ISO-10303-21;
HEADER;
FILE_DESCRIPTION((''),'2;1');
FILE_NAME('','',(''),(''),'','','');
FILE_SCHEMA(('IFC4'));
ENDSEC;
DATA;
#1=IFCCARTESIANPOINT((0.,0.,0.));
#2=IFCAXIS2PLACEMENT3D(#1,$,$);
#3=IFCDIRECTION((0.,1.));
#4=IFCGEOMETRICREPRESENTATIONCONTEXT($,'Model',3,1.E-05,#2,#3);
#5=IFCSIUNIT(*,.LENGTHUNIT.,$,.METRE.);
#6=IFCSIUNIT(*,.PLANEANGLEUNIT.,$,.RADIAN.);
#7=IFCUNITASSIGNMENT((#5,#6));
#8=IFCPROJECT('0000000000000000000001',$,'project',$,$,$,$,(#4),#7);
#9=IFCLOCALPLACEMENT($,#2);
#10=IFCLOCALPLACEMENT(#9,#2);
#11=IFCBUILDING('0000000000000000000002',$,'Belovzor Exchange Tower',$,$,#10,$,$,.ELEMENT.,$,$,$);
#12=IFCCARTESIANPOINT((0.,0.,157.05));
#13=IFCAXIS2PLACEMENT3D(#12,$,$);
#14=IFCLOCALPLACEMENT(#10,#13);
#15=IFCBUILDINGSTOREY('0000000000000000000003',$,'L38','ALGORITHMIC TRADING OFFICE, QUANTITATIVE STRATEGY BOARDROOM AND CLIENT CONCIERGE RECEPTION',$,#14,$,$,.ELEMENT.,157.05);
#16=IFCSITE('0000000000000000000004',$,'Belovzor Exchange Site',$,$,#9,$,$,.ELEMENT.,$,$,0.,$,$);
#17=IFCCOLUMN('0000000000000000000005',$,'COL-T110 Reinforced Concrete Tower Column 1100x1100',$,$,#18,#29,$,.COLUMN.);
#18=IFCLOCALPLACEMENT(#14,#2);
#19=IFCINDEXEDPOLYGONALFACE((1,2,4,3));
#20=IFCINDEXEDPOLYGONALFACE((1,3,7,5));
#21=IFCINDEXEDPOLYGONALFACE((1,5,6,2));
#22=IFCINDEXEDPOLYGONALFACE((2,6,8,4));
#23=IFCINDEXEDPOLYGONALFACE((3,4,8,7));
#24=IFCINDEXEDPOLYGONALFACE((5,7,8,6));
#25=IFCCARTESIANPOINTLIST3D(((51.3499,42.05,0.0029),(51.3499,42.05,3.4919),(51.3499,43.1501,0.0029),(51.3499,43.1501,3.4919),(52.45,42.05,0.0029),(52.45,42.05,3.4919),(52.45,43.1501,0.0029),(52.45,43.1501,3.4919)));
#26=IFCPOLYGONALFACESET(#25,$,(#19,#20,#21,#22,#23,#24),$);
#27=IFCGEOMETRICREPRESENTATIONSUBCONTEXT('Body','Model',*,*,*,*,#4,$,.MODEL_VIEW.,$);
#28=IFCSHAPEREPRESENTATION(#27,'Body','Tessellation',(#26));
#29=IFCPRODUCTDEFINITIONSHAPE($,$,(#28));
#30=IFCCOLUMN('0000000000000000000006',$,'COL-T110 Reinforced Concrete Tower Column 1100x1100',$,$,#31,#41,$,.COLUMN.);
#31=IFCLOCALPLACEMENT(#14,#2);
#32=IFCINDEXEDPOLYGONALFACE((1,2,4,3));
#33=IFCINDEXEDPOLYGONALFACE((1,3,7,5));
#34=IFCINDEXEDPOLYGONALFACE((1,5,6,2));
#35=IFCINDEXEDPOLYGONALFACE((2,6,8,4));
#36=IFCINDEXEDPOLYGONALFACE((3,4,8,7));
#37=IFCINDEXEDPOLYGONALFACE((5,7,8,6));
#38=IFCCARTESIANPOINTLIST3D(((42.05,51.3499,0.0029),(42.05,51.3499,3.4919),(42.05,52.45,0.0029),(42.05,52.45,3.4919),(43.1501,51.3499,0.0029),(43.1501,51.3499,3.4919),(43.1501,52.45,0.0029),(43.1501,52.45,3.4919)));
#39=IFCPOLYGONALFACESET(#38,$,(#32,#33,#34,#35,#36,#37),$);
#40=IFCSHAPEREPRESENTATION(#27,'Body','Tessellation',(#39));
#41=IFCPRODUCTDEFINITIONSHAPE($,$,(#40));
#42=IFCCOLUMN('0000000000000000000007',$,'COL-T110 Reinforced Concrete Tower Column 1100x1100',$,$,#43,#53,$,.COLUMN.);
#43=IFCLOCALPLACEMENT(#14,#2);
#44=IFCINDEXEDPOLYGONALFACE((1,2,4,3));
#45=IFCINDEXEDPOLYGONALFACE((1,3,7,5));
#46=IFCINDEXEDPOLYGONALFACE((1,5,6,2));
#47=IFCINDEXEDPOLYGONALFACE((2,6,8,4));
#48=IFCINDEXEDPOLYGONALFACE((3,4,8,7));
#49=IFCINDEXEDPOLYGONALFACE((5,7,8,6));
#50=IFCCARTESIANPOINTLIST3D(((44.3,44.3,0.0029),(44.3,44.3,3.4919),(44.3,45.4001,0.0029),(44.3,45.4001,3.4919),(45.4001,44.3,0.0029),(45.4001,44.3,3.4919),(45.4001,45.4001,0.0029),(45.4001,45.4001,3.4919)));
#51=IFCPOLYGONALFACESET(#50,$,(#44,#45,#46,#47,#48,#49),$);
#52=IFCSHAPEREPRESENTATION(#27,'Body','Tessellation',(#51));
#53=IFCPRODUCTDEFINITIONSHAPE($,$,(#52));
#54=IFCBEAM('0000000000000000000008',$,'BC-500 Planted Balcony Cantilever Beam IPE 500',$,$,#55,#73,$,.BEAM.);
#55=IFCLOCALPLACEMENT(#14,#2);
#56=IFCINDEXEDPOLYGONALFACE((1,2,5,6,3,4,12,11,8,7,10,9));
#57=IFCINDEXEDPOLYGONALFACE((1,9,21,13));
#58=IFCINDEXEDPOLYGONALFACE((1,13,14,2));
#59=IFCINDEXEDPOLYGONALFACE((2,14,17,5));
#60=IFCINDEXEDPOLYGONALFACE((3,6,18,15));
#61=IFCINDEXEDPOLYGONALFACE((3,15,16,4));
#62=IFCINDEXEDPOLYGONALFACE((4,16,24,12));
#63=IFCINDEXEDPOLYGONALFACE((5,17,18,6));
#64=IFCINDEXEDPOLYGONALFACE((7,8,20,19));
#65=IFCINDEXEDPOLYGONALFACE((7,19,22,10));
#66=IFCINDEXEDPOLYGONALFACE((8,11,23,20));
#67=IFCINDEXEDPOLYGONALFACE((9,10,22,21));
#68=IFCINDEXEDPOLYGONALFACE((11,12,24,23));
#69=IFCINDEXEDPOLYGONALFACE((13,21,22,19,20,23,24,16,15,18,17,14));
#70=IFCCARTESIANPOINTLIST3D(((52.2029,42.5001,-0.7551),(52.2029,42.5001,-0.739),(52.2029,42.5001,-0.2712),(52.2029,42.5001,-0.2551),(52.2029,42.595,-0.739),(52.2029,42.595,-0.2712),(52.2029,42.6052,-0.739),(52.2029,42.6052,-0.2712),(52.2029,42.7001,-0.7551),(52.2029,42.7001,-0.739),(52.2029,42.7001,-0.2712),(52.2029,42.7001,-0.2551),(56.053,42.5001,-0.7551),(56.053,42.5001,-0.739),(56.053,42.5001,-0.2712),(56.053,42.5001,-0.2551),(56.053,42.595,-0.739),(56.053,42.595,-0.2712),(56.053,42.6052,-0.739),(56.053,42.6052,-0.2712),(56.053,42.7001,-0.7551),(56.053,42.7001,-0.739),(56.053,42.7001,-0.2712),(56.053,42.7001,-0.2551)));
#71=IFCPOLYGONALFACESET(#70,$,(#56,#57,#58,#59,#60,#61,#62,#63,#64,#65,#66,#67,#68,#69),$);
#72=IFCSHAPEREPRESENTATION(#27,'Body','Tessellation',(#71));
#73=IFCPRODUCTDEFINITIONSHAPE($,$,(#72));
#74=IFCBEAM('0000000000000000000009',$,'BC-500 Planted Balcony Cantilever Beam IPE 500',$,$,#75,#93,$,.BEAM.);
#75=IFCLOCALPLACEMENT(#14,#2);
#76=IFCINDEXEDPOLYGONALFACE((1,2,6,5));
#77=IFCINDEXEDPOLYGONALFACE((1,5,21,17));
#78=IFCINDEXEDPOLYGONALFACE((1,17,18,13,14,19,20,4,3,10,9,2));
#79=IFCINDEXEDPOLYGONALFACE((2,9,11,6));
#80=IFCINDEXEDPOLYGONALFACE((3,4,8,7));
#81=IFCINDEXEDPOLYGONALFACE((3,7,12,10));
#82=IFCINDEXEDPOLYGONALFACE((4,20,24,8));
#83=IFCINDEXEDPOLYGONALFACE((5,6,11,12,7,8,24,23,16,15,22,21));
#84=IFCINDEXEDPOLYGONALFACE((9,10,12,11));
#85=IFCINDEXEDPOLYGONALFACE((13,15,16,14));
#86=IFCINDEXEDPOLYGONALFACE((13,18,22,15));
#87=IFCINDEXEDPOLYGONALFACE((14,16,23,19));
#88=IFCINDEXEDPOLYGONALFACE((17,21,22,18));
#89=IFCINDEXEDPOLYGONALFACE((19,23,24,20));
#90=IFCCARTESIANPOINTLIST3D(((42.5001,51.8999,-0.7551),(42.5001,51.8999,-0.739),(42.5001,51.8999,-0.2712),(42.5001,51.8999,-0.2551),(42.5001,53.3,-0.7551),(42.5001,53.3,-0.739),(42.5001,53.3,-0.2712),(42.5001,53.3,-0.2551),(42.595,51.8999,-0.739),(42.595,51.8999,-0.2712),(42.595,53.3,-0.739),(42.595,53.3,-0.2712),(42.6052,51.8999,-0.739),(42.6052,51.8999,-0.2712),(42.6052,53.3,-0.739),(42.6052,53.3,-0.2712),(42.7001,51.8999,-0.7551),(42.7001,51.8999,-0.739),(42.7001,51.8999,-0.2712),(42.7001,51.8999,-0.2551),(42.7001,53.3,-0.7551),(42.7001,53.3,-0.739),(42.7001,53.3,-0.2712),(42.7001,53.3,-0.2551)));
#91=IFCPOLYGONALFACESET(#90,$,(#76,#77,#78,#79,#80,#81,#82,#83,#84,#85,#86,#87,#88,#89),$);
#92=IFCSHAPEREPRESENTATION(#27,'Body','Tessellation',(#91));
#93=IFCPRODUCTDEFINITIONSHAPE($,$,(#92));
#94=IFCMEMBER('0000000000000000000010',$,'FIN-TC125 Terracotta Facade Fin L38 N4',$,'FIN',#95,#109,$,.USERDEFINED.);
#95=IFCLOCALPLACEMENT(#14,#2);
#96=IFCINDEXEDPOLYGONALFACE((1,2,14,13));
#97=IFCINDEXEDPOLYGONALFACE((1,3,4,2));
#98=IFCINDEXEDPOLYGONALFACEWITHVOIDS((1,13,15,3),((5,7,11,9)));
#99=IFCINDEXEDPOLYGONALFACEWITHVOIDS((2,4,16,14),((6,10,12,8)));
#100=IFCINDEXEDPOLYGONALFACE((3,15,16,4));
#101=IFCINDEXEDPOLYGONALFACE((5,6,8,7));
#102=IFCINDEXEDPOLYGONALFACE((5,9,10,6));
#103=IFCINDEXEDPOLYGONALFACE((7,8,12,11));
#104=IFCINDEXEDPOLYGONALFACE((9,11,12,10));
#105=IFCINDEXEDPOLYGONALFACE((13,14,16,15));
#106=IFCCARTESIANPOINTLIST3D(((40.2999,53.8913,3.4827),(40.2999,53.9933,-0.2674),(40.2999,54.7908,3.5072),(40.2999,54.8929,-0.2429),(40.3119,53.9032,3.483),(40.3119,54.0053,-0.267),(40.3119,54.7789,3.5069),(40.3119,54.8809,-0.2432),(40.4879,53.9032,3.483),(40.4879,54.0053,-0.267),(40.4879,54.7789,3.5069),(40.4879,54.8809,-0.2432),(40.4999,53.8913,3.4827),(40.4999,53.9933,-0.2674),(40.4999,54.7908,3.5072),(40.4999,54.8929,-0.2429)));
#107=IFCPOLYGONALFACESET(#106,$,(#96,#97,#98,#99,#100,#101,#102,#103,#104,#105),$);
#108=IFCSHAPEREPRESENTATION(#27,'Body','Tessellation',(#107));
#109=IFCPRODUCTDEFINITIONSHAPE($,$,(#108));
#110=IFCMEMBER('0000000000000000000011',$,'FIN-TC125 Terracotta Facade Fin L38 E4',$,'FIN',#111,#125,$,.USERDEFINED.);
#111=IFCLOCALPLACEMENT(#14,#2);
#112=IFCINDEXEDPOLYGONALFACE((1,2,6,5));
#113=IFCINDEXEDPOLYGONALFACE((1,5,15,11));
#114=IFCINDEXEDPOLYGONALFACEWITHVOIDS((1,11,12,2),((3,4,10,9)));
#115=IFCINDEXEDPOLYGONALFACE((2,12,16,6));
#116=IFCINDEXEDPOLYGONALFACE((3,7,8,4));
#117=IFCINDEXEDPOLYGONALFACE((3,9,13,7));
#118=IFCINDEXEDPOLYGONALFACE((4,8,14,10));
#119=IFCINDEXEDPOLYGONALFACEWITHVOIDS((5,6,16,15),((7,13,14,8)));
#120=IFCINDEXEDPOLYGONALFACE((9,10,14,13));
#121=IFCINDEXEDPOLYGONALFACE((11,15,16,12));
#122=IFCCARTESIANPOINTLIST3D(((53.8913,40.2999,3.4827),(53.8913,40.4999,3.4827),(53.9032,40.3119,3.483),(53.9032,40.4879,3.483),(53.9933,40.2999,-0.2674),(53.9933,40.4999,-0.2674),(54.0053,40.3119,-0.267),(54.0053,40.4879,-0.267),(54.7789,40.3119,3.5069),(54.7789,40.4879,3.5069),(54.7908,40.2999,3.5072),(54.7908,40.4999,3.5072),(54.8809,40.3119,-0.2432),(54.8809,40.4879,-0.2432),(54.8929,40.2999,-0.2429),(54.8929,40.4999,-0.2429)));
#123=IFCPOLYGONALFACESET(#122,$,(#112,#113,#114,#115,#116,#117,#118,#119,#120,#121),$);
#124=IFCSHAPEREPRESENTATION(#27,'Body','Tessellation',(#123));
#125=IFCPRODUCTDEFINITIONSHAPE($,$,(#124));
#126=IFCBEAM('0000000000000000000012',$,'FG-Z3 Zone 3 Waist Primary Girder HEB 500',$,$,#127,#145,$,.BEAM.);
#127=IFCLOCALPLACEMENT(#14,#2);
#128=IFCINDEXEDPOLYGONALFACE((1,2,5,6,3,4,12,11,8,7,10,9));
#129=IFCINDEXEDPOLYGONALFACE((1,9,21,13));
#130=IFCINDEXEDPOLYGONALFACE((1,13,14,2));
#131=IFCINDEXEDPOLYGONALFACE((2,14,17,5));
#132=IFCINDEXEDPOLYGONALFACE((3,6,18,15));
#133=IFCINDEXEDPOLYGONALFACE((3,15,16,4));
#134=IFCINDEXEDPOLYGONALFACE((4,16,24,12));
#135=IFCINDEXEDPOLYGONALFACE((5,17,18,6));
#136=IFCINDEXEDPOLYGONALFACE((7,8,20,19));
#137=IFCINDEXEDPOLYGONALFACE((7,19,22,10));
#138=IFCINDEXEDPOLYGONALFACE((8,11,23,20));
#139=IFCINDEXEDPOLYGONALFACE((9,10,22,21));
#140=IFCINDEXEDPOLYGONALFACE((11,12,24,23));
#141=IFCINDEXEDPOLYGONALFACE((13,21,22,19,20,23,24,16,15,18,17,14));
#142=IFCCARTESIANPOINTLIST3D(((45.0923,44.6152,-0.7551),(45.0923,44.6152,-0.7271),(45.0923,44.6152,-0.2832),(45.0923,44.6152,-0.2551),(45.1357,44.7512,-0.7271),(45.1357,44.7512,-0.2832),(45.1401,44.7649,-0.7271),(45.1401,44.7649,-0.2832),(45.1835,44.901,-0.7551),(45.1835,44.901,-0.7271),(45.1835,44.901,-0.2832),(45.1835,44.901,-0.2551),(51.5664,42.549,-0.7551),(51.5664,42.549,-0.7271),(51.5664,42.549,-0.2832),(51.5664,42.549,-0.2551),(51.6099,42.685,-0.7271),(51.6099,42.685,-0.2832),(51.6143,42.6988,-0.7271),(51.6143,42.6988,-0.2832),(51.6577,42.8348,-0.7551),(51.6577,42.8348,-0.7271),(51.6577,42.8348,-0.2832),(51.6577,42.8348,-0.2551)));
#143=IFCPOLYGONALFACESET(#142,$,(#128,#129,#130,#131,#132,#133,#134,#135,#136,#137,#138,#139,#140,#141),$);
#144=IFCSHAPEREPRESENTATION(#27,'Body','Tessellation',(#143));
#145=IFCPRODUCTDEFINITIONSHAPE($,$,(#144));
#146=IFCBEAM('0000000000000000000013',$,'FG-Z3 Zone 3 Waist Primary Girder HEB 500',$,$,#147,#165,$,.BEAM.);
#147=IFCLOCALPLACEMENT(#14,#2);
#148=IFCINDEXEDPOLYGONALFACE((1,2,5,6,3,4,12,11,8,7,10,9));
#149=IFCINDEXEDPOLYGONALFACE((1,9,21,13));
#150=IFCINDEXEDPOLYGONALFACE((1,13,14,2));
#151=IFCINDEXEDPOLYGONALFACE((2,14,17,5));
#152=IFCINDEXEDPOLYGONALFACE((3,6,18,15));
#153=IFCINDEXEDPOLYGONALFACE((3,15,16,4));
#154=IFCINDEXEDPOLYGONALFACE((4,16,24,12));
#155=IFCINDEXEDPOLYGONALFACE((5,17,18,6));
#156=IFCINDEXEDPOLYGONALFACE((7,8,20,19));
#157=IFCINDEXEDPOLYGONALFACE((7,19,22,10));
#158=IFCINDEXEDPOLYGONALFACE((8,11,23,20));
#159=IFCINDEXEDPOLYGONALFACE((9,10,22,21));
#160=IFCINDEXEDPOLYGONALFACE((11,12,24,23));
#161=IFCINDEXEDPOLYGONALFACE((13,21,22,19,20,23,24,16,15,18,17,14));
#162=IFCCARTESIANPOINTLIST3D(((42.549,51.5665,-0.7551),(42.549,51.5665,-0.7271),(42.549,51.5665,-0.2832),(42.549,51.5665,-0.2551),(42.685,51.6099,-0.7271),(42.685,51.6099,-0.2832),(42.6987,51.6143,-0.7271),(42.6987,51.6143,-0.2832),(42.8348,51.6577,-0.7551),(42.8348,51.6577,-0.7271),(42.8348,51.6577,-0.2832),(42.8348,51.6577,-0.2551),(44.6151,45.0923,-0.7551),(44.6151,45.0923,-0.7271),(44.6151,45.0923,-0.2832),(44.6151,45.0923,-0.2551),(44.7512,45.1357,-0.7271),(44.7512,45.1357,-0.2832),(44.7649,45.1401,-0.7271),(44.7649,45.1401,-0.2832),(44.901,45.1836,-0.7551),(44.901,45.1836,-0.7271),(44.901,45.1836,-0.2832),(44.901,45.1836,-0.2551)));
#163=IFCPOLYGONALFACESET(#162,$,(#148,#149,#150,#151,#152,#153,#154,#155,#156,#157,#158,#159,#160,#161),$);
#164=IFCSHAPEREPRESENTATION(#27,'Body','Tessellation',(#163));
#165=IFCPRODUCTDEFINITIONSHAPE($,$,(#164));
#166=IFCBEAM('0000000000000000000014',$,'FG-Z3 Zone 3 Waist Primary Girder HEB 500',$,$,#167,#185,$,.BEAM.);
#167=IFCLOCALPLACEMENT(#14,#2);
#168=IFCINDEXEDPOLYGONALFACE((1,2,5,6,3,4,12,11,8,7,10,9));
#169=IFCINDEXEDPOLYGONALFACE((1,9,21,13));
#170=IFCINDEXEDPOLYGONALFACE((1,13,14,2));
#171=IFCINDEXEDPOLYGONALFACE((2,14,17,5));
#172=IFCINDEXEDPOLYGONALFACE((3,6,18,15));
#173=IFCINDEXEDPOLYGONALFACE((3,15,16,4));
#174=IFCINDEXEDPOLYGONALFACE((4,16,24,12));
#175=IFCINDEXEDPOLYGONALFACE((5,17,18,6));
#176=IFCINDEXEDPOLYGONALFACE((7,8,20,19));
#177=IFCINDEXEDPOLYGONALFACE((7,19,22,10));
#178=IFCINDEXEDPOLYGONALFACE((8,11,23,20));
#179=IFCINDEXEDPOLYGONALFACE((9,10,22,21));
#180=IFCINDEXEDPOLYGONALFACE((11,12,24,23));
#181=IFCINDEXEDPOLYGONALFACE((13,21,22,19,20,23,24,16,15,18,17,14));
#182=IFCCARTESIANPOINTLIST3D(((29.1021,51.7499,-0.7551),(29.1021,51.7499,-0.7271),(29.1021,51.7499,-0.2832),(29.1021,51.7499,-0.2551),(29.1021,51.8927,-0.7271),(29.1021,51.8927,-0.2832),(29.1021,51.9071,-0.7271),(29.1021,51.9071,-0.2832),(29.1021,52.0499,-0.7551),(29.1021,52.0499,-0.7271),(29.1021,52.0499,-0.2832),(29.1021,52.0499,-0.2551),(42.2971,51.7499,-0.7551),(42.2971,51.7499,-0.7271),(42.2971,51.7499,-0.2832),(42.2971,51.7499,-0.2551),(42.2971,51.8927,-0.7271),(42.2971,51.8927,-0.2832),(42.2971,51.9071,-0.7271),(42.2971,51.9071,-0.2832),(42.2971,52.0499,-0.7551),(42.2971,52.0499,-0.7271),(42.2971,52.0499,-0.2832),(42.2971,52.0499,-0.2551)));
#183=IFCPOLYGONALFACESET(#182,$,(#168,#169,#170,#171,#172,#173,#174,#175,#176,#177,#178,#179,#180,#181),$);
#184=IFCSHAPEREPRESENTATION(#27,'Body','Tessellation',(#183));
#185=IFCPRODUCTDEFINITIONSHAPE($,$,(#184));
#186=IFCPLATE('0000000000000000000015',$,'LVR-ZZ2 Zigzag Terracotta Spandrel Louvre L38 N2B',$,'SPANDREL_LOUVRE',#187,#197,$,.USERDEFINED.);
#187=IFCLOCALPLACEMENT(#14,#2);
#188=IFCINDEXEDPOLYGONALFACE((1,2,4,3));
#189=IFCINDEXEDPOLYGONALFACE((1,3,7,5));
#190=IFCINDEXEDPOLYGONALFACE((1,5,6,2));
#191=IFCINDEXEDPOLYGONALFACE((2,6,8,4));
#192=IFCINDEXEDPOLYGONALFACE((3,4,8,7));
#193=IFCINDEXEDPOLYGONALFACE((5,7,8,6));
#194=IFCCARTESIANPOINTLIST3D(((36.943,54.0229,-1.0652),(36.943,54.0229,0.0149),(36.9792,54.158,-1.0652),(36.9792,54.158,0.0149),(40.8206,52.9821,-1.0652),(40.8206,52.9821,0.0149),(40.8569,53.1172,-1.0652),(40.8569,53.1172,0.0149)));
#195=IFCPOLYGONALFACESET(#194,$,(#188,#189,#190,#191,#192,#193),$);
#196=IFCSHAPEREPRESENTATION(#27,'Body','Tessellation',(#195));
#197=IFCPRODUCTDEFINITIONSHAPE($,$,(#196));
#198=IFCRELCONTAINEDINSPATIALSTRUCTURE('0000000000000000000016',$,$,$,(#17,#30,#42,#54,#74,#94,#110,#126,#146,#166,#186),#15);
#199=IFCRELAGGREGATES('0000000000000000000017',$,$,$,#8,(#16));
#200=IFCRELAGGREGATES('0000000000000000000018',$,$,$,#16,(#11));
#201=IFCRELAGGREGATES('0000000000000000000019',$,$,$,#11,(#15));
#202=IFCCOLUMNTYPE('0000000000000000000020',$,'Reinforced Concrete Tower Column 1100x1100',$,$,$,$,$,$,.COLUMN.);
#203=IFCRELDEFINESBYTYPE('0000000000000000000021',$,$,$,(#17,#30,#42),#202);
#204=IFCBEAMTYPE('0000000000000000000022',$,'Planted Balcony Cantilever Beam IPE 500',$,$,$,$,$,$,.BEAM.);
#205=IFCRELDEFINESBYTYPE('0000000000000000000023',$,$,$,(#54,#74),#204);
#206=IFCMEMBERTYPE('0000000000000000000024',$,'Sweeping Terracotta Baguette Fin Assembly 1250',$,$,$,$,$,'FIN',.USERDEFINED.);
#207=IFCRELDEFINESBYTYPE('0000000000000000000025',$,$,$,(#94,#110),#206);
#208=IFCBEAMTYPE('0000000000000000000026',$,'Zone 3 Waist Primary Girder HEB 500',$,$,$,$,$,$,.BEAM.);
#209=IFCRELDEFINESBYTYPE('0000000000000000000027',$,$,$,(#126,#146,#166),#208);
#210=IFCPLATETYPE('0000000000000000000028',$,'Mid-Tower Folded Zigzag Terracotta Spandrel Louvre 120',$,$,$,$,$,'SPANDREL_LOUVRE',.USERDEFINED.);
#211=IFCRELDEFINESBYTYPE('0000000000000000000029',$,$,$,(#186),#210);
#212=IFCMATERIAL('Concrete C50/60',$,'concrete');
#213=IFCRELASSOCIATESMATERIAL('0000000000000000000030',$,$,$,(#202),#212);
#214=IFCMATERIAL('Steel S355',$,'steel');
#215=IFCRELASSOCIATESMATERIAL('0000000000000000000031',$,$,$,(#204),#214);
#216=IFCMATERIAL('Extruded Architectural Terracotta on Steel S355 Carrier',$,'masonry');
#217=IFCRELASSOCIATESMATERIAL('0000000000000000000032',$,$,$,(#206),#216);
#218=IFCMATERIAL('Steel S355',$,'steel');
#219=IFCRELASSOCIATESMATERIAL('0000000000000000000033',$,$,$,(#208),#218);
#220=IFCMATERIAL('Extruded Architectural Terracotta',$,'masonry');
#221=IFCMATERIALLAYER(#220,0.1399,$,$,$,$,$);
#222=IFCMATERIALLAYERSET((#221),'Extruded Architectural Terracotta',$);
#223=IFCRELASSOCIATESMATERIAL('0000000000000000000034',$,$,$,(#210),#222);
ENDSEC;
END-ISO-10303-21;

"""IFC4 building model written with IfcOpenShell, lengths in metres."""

from ifc_helpers import new_model, si_unit, direction, frame, origin, origin_2d, place, context, subcontext, project, spatial, rectangle, hollow_rectangle, i_section, extrude, material, layer, layer_set, material_profile, profile_set, type_object, element, save


model = new_model("IFC4")

# Units and contexts
model_context = context("Model", 3, precision=1e-05, world=origin(), true_north=direction((0.0, 1.0)))
body_context = subcontext(model_context, "Body", "Model", "MODEL_VIEW")
ifc_project = project(units=[si_unit("LENGTHUNIT", "METRE"), si_unit("PLANEANGLEUNIT", "RADIAN")], contexts=[model_context])

# Site, building, storey
site_placement = place(None, origin())
site = spatial("IfcSite", under=ifc_project, at=site_placement, Name="Belovzor Exchange Site", CompositionType="ELEMENT", RefElevation=0.0)
building_placement = place(site_placement, origin())
building = spatial("IfcBuilding", under=site, at=building_placement, Name="Belovzor Exchange Tower", CompositionType="ELEMENT")
storey_placement = place(building_placement, frame((0.0, 0.0, 157.05)))
storey = spatial("IfcBuildingStorey", under=building, at=storey_placement, Name="L38", Description="ALGORITHMIC TRADING OFFICE, QUANTITATIVE STRATEGY BOARDROOM AND CLIENT CONCIERGE RECEPTION", CompositionType="ELEMENT", Elevation=157.05)

# Columns
ifc_material_1 = material(Name="Concrete C50/60", Category="concrete")
ifc_material_profile_1 = material_profile(ifc_material_1, rectangle(XDim=1.1001, YDim=1.1001, at=origin_2d()))
ifc_profile_set_1 = profile_set([ifc_material_profile_1], Name="Concrete C50/60")
column_type = type_object("IfcColumnType", Name="Reinforced Concrete Tower Column 1100x1100", PredefinedType="COLUMN", material=ifc_profile_set_1)
for number, where, z_axis, x_axis, name in (
    (1, (51.8999, 42.6001, 0.0029), (0.0, 0.0, 1.0), (1.0, 0.0, 0.0), "COL-T110 Reinforced Concrete Tower Column 1100x1100"),
    (2, (42.6001, 51.8999, 0.0029), (0.0, 0.0, 1.0), (1.0, 0.0, 0.0), "COL-T110 Reinforced Concrete Tower Column 1100x1100"),
    (3, (44.8501, 44.8501, 0.0029), (0.0, 0.0, 1.0), (1.0, 0.0, 0.0), "COL-T110 Reinforced Concrete Tower Column 1100x1100"),
):
    element("IfcColumn", number, at=place(storey_placement, frame(where, z_axis=z_axis, x_axis=x_axis)), inside=storey, type_object=column_type, Name=name, PredefinedType="COLUMN", context=body_context, shape_type="SweptSolid", body=[
        extrude(rectangle(XDim=1.1001, YDim=1.1001, at=origin_2d()), origin(), (0.0, 0.0, 1.0), 3.489),
    ])

# Beams
ifc_material_2 = material(Name="Steel S355", Category="steel")
ifc_material_profile_2 = material_profile(ifc_material_2, i_section(OverallWidth=0.2, OverallDepth=0.5, WebThickness=0.0103, FlangeThickness=0.0161, at=origin_2d()))
ifc_profile_set_2 = profile_set([ifc_material_profile_2], Name="Steel S355")
beam_type_1 = type_object("IfcBeamType", Name="Planted Balcony Cantilever Beam IPE 500", PredefinedType="BEAM", material=ifc_profile_set_2)
beam_1_placement = place(storey_placement, frame((52.2029, 42.6001, -0.5051), z_axis=(1.0, 0.0, 0.0), x_axis=(0.0, 1.0, 0.0)))
element("IfcBeam", 4, at=beam_1_placement, inside=storey, type_object=beam_type_1, Name="BC-500 Planted Balcony Cantilever Beam IPE 500", PredefinedType="BEAM", context=body_context, shape_type="SweptSolid", body=[
    extrude(i_section(OverallWidth=0.2, OverallDepth=0.5, WebThickness=0.0103, FlangeThickness=0.0161, at=origin_2d()), origin(), (0.0, 0.0, 1.0), 3.8501),
])
beam_2_placement = place(storey_placement, frame((42.6001, 51.8999, -0.5051), z_axis=(0.0, 1.0, 0.0), x_axis=(-1.0, 0.0, 0.0)))
element("IfcBeam", 5, at=beam_2_placement, inside=storey, type_object=beam_type_1, Name="BC-500 Planted Balcony Cantilever Beam IPE 500", PredefinedType="BEAM", context=body_context, shape_type="SweptSolid", body=[
    extrude(i_section(OverallWidth=0.2, OverallDepth=0.5, WebThickness=0.0103, FlangeThickness=0.0161, at=origin_2d()), origin(), (0.0, 0.0, 1.0), 1.4001),
])

# Members
ifc_material_3 = material(Name="Extruded Architectural Terracotta on Steel S355 Carrier", Category="masonry")
ifc_material_profile_3 = material_profile(ifc_material_3, hollow_rectangle(XDim=0.2, YDim=0.8999, WallThickness=0.012, at=origin_2d()))
ifc_profile_set_3 = profile_set([ifc_material_profile_3], Name="Extruded Architectural Terracotta on Steel S355 Carrier")
member_type = type_object("IfcMemberType", Name="Sweeping Terracotta Baguette Fin Assembly 1250", ElementType="FIN", PredefinedType="USERDEFINED", material=ifc_profile_set_3)
for number, where, z_axis, x_axis, name in (
    (6, (40.3999, 54.4431, -0.2551), (0.0, -0.027203, 0.99963), (1.0, 0.0, 0.0), "FIN-TC125 Terracotta Facade Fin L38 N4"),
    (7, (54.4431, 40.3999, -0.2551), (-0.027203, 0.0, 0.99963), (0.0, -1.0, 0.0), "FIN-TC125 Terracotta Facade Fin L38 E4"),
):
    element("IfcMember", number, at=place(storey_placement, frame(where, z_axis=z_axis, x_axis=x_axis)), inside=storey, type_object=member_type, Name=name, ObjectType="FIN", PredefinedType="USERDEFINED", context=body_context, shape_type="SweptSolid", body=[
        extrude(hollow_rectangle(XDim=0.2, YDim=0.8999, WallThickness=0.012, at=origin_2d()), origin(), (0.0, 0.0, 1.0), 3.7515),
    ])

# Beams
ifc_material_4 = material(Name="Steel S355", Category="steel")
ifc_material_profile_4 = material_profile(ifc_material_4, i_section(OverallWidth=0.3, OverallDepth=0.5, WebThickness=0.0144, FlangeThickness=0.0281, at=origin_2d()))
ifc_profile_set_4 = profile_set([ifc_material_profile_4], Name="Steel S355")
beam_type_2 = type_object("IfcBeamType", Name="Zone 3 Waist Primary Girder HEB 500", PredefinedType="BEAM", material=ifc_profile_set_4)
for number, where, z_axis, x_axis, name in (
    (8, (51.6121, 42.6919, -0.5051), (-0.952661, 0.304034, 0.0), (-0.304034, -0.952661, 0.0), "FG-Z3 Zone 3 Waist Primary Girder HEB 500"),
    (9, (44.7581, 45.1379, -0.5051), (-0.304034, 0.952661, 0.0), (-0.952661, -0.304034, 0.0), "FG-Z3 Zone 3 Waist Primary Girder HEB 500"),
):
    element("IfcBeam", number, at=place(storey_placement, frame(where, z_axis=z_axis, x_axis=x_axis)), inside=storey, type_object=beam_type_2, Name=name, PredefinedType="BEAM", context=body_context, shape_type="SweptSolid", body=[
        extrude(i_section(OverallWidth=0.3, OverallDepth=0.5, WebThickness=0.0144, FlangeThickness=0.0281, at=origin_2d()), origin(), (0.0, 0.0, 1.0), 6.7959),
    ])
beam_3_placement = place(storey_placement, frame((42.2971, 51.8999, -0.5051), z_axis=(-1.0, 0.0, 0.0), x_axis=(0.0, -1.0, 0.0)))
element("IfcBeam", 10, at=beam_3_placement, inside=storey, type_object=beam_type_2, Name="FG-Z3 Zone 3 Waist Primary Girder HEB 500", PredefinedType="BEAM", context=body_context, shape_type="SweptSolid", body=[
    extrude(i_section(OverallWidth=0.3, OverallDepth=0.5, WebThickness=0.0144, FlangeThickness=0.0281, at=origin_2d()), origin(), (0.0, 0.0, 1.0), 13.1951),
])

# Plate
ifc_material_5 = material(Name="Extruded Architectural Terracotta", Category="masonry")
ifc_layer_1 = layer(ifc_material_5, 0.1399)
ifc_layer_set_1 = layer_set([ifc_layer_1], Name="Extruded Architectural Terracotta")
plate_type = type_object("IfcPlateType", Name="Mid-Tower Folded Zigzag Terracotta Spandrel Louvre 120", ElementType="SPANDREL_LOUVRE", PredefinedType="USERDEFINED", material=ifc_layer_set_1)
plate_placement = place(storey_placement, frame((38.8999, 53.5701, -1.0652), z_axis=(0.0, 0.0, 1.0), x_axis=(0.965813, -0.25924, 0.0)))
element("IfcPlate", 11, at=plate_placement, inside=storey, type_object=plate_type, Name="LVR-ZZ2 Zigzag Terracotta Spandrel Louvre L38 N2B", ObjectType="SPANDREL_LOUVRE", PredefinedType="USERDEFINED", context=body_context, shape_type="SweptSolid", body=[
    extrude(rectangle(XDim=4.0149, YDim=0.1399, at=origin_2d()), origin(), (0.0, 0.0, 1.0), 1.0801),
])

save(model, "model.ifc")
